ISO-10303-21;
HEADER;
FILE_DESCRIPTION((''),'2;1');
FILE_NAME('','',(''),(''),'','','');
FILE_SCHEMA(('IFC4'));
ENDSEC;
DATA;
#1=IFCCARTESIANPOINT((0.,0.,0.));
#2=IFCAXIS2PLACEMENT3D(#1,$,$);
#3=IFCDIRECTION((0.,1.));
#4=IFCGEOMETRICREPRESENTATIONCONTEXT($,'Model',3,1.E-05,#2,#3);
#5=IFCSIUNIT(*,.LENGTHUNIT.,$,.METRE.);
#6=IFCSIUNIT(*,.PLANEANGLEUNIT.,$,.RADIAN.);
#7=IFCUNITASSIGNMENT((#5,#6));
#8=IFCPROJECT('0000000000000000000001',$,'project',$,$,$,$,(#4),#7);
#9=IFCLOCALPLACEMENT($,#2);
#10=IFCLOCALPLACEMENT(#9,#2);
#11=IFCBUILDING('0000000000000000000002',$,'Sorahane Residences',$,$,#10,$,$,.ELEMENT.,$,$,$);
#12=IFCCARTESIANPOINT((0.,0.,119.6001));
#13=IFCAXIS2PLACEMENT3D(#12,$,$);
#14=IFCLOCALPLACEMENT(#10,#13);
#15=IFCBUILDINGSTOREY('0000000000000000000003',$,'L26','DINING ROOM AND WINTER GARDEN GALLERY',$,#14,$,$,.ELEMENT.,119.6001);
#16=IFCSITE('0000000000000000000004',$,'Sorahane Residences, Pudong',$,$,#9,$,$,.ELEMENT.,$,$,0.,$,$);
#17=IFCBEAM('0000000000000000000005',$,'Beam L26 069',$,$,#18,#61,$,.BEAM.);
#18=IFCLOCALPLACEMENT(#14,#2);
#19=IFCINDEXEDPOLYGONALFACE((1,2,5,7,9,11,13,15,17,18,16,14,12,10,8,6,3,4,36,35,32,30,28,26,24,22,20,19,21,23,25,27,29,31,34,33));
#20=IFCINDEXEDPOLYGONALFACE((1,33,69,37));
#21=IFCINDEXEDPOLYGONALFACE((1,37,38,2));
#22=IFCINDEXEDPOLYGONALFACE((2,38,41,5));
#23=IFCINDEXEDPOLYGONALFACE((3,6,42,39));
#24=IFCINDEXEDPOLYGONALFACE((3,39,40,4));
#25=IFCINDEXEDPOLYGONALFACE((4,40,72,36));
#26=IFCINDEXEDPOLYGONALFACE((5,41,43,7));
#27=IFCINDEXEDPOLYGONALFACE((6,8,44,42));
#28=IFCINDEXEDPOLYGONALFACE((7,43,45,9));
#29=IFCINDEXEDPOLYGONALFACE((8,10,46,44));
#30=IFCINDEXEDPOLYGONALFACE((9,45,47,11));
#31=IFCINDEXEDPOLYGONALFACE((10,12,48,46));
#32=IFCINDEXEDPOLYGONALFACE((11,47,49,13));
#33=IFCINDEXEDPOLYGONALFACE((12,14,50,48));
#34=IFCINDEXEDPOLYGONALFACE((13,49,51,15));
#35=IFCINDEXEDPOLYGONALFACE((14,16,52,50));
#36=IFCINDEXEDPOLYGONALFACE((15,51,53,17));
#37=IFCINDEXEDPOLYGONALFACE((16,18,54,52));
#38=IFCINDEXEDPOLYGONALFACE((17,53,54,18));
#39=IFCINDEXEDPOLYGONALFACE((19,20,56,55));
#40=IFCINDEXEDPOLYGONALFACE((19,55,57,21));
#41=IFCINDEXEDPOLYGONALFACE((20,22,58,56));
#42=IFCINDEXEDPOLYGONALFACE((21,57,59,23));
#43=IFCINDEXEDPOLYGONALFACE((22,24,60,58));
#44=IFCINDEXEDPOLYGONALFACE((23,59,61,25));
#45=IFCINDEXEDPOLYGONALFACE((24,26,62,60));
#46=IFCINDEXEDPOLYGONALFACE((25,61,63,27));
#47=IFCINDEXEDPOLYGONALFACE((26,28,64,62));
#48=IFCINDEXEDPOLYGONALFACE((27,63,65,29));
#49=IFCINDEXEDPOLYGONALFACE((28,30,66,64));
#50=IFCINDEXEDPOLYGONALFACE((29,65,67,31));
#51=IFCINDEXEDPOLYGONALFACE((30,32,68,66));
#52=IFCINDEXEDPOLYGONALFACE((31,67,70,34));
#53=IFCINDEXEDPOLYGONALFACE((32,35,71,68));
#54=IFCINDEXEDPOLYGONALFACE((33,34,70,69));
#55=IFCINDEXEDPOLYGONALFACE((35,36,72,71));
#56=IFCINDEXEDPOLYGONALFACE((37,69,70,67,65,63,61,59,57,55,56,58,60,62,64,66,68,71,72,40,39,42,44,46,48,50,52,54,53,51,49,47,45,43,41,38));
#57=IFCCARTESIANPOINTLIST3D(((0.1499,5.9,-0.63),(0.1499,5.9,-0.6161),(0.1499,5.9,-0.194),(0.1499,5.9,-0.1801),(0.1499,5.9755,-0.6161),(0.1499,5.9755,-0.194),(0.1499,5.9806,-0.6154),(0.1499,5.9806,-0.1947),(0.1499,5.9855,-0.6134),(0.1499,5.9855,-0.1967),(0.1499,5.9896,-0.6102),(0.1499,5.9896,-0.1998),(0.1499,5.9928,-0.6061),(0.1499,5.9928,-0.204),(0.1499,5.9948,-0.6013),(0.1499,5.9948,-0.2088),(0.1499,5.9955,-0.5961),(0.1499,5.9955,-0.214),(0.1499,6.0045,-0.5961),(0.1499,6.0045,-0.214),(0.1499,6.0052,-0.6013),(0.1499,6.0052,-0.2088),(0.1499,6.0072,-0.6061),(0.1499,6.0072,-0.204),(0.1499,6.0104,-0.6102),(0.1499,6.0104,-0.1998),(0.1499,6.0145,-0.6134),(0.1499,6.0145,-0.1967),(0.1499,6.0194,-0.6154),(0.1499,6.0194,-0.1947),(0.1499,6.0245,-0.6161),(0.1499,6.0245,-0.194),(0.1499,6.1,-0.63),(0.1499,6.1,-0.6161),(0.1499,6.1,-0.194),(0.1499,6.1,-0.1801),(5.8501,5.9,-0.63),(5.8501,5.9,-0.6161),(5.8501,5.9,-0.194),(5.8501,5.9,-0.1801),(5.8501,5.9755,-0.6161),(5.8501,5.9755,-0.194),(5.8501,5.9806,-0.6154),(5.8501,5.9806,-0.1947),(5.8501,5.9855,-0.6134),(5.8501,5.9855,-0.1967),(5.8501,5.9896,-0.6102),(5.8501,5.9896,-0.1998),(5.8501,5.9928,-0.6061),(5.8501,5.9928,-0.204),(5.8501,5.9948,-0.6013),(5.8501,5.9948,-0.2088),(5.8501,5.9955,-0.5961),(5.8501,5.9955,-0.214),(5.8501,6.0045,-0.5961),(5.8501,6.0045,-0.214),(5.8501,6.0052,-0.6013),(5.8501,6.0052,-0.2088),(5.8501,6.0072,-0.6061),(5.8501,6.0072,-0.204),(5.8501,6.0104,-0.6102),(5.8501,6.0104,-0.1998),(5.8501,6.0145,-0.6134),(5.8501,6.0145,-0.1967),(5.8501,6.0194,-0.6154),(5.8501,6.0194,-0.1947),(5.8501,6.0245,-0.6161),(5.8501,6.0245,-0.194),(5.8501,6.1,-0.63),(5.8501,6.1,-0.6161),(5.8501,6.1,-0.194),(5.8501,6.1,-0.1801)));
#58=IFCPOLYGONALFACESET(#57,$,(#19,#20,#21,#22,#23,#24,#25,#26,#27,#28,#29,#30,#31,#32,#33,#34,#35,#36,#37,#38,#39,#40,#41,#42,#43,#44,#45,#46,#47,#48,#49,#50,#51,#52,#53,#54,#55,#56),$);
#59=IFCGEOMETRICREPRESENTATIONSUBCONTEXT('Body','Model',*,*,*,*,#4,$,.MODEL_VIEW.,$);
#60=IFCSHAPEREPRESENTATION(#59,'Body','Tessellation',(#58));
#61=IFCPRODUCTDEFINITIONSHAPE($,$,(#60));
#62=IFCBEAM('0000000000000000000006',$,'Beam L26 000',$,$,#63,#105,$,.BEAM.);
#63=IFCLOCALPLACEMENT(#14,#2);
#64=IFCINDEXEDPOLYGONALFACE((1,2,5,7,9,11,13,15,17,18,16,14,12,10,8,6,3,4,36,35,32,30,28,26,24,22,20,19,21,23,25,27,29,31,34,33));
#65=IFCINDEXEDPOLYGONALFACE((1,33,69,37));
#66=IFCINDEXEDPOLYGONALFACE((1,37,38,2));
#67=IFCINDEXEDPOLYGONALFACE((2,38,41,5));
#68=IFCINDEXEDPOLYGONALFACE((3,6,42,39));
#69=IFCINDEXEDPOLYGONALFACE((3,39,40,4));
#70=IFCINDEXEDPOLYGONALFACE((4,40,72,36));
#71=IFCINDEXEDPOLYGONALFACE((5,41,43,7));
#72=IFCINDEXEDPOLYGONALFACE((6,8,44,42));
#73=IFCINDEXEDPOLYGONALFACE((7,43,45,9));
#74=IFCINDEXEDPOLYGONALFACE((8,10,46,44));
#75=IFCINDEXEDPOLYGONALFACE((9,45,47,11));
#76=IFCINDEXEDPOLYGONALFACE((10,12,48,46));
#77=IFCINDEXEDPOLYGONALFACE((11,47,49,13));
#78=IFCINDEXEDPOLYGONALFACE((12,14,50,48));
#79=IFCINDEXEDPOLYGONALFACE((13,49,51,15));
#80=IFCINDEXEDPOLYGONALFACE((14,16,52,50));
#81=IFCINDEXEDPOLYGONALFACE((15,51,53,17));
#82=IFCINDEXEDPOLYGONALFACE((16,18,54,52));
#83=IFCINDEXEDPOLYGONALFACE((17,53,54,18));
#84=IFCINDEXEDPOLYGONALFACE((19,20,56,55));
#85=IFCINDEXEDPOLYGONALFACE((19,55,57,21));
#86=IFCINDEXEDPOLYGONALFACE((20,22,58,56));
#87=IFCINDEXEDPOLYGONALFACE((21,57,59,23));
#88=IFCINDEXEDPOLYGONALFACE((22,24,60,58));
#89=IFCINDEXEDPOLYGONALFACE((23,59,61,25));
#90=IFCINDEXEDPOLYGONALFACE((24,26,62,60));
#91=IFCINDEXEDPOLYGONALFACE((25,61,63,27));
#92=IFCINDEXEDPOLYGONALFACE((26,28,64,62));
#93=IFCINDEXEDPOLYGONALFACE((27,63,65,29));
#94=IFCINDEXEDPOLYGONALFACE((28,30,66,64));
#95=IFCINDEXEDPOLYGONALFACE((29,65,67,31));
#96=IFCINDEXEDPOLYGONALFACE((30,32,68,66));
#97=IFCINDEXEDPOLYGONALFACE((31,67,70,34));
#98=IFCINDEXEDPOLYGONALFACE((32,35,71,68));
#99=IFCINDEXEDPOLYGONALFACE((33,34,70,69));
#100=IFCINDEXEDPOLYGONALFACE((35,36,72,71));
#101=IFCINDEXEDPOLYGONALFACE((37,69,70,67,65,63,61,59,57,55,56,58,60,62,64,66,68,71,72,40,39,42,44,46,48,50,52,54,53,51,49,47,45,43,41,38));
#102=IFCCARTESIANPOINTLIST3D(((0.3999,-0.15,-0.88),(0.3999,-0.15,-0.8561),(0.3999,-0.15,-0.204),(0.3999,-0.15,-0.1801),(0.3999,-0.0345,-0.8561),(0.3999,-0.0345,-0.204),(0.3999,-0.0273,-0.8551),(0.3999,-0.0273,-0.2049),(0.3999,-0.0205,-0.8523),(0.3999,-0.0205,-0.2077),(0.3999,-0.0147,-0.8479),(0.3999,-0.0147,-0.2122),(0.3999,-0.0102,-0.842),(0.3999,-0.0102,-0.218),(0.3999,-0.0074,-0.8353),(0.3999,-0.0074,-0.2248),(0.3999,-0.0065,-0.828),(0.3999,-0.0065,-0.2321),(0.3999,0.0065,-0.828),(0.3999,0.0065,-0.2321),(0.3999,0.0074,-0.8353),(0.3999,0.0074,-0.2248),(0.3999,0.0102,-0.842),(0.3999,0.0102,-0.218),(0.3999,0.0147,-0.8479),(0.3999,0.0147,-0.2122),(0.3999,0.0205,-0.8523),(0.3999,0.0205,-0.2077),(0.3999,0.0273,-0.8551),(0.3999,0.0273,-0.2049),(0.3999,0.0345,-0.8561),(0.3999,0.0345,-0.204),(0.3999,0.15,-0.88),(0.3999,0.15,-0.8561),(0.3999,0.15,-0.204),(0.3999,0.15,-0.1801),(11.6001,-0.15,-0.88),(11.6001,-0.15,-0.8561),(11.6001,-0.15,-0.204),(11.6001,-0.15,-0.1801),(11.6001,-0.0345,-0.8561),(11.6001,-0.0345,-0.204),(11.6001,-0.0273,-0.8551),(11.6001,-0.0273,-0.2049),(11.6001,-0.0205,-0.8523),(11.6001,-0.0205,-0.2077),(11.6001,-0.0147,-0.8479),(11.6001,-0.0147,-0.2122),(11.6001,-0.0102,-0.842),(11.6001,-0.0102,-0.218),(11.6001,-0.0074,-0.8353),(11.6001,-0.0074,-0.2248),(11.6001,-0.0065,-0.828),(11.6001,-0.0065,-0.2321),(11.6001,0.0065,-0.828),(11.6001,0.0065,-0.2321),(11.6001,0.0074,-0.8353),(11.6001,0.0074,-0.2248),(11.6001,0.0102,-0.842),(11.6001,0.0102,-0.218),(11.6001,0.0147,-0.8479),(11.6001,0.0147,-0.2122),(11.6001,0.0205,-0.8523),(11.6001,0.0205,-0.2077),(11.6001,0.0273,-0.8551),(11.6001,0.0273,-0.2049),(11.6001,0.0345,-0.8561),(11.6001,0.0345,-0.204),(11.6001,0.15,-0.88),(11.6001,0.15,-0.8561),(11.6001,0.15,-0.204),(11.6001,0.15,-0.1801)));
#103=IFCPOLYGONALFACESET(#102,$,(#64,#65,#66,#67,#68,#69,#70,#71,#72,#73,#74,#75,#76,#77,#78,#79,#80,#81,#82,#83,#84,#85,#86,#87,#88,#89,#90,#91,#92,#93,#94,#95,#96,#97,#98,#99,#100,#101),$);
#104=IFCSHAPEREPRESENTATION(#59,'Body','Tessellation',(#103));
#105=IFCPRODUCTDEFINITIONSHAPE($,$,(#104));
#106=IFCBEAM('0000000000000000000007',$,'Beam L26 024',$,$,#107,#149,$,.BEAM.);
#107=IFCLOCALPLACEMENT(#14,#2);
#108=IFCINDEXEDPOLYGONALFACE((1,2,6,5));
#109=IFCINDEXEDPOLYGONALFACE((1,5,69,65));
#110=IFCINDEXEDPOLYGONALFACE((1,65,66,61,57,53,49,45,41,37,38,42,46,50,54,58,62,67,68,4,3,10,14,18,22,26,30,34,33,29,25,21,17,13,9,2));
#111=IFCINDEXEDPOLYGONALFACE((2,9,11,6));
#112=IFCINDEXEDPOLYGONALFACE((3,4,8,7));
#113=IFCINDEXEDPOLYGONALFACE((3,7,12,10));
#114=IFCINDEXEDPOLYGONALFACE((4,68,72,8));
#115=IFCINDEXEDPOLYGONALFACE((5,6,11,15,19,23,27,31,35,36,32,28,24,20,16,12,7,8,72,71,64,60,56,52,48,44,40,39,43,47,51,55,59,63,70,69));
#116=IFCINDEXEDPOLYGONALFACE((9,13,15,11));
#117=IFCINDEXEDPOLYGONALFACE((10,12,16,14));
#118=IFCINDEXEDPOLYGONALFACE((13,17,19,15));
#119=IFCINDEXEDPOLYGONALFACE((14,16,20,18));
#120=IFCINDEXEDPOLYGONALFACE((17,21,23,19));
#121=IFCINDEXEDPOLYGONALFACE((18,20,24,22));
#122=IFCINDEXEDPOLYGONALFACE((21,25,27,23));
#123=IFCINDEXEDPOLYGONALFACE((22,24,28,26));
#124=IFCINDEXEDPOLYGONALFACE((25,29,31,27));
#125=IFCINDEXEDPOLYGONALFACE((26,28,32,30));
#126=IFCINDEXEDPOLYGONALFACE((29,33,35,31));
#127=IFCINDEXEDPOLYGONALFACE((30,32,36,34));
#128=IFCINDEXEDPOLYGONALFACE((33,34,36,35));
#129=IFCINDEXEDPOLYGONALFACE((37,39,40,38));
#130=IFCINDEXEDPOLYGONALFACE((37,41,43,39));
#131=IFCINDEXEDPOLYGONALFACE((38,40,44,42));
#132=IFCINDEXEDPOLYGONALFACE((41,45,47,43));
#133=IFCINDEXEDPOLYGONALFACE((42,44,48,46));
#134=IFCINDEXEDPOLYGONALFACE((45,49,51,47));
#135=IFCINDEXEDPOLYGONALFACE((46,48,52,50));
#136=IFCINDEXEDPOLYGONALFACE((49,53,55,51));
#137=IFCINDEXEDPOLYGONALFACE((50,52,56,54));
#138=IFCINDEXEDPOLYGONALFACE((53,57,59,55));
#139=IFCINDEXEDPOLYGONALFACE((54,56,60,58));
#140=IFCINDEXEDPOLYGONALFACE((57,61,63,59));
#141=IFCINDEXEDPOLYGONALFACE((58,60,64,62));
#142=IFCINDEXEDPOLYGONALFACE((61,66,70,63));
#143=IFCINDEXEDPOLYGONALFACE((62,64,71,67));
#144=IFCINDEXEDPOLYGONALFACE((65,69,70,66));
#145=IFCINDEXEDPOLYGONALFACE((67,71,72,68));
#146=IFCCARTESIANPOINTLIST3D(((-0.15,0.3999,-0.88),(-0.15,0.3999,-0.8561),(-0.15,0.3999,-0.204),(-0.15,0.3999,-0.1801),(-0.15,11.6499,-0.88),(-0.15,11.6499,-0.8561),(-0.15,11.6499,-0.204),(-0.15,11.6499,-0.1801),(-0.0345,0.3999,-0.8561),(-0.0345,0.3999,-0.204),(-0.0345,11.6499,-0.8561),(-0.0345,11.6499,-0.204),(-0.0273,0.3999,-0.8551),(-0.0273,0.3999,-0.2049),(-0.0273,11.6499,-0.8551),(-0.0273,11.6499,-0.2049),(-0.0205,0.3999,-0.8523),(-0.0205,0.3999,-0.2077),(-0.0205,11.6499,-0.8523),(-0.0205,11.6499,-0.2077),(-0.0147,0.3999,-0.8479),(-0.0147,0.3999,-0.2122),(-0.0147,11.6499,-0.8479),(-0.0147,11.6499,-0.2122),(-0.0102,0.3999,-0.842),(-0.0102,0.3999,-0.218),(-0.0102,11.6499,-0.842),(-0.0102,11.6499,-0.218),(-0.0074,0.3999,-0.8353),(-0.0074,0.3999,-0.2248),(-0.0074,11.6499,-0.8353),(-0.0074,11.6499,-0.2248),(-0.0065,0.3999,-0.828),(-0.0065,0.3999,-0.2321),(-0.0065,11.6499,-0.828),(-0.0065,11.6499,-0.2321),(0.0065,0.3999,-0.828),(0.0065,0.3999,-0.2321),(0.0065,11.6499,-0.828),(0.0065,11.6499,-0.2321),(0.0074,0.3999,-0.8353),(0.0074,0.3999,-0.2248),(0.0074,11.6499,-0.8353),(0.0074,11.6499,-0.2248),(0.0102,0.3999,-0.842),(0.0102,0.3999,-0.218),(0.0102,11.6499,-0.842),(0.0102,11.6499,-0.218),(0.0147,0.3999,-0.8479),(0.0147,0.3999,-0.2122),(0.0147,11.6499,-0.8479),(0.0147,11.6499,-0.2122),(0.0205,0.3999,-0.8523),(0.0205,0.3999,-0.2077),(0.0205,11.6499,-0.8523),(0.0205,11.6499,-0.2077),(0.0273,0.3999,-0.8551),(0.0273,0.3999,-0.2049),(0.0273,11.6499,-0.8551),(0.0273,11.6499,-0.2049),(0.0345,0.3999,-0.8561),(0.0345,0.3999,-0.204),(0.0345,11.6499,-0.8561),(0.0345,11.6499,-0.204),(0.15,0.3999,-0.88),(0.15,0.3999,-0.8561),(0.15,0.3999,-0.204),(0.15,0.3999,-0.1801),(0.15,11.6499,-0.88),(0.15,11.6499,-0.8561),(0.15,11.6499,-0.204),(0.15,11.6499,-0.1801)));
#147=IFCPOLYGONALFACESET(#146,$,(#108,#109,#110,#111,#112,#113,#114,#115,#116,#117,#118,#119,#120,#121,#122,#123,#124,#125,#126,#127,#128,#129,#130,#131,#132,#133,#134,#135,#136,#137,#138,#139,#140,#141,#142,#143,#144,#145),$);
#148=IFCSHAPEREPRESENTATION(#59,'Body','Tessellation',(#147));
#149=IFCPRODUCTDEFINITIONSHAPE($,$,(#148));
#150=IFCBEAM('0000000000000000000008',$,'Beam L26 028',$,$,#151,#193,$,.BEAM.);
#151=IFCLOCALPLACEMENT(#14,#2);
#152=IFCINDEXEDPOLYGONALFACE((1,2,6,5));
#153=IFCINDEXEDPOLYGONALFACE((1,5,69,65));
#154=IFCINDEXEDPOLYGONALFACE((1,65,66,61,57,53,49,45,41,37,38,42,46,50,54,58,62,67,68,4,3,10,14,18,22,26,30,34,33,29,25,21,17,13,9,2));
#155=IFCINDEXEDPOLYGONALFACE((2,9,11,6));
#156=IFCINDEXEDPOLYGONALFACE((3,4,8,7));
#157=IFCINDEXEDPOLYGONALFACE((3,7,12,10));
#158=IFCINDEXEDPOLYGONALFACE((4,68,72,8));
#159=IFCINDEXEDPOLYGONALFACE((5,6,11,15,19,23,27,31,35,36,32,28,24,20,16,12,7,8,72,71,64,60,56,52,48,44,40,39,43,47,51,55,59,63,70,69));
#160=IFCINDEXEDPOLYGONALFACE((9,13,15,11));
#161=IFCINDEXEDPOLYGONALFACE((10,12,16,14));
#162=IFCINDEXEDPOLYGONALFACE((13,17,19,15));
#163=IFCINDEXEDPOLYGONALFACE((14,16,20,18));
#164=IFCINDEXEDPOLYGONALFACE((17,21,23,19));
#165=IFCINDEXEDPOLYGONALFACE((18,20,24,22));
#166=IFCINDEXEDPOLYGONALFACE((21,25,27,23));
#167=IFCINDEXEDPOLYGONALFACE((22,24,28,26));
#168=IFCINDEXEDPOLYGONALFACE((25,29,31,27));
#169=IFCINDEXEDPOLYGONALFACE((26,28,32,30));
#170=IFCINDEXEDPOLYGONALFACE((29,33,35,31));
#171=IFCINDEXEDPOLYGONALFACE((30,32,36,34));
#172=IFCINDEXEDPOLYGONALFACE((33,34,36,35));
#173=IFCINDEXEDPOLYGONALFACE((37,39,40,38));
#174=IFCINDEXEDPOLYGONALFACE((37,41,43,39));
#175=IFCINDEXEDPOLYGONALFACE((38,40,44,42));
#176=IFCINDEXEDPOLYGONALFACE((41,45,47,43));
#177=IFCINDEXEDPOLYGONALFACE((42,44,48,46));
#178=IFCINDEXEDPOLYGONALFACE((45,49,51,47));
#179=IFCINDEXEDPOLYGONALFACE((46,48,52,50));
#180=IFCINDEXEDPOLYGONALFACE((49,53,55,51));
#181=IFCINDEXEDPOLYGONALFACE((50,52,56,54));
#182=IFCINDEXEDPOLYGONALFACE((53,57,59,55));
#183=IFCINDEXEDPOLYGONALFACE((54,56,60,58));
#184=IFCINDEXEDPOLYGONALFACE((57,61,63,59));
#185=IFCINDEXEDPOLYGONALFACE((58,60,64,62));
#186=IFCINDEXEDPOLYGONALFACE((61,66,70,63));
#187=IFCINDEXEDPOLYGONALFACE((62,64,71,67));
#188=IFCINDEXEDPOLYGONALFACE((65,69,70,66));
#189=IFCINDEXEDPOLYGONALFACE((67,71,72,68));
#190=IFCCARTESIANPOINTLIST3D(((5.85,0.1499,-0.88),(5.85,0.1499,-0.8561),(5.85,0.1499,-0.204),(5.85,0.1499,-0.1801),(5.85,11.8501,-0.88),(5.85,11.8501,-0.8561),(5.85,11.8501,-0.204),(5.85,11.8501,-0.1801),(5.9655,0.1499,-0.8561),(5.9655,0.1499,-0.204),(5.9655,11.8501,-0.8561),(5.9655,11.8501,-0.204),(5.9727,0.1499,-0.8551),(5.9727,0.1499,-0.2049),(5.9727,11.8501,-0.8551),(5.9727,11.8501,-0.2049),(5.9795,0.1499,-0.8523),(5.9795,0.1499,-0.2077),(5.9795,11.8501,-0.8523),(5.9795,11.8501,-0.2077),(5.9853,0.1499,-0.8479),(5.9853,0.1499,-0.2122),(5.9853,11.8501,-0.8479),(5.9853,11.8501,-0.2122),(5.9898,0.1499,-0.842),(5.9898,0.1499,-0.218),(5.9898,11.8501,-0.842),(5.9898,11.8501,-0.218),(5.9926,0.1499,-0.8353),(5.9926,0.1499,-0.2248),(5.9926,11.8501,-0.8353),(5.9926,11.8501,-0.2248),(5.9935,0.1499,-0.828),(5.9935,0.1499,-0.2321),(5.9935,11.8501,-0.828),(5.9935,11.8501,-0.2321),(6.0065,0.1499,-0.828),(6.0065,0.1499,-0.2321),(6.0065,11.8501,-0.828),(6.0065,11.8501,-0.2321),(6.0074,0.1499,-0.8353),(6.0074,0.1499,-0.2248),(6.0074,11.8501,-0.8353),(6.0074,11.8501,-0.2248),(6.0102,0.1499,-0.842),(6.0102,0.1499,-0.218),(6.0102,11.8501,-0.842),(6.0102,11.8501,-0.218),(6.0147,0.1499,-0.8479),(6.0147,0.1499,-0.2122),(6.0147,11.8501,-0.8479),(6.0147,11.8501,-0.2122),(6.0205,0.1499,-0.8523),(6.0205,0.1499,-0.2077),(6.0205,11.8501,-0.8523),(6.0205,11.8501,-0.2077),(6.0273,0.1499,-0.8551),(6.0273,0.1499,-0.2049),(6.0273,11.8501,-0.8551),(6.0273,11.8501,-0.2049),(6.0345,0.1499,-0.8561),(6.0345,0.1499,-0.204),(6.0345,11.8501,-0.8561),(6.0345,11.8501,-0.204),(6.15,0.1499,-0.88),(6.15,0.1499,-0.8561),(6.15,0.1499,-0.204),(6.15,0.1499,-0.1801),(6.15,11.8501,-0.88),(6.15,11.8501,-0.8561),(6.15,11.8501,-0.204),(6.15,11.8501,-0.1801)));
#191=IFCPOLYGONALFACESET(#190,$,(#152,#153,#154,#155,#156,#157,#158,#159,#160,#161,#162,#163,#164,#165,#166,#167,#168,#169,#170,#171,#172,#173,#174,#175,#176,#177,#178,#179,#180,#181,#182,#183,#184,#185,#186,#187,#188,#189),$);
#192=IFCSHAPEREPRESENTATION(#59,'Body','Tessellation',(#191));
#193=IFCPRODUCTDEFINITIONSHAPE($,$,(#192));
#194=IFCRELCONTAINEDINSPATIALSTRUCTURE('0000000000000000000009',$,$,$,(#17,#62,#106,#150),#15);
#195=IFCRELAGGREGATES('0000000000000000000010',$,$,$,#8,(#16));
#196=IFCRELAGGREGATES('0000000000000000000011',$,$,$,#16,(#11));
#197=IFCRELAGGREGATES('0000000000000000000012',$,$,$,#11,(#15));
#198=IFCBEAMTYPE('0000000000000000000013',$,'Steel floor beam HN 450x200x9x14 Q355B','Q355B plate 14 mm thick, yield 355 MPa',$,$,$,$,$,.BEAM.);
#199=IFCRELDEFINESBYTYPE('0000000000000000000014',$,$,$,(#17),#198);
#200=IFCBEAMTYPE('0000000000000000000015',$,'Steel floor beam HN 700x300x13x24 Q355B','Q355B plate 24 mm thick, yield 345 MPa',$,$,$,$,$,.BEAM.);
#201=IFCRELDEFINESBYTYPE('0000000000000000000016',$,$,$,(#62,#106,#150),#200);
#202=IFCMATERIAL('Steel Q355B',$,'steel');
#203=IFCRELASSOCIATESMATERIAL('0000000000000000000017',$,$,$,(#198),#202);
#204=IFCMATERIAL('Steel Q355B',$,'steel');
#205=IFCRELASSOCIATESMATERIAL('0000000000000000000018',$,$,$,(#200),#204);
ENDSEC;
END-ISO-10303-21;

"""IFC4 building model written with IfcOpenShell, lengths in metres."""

from ifc_helpers import new_model, si_unit, direction, frame, origin, origin_2d, place, context, subcontext, project, spatial, i_section, extrude, material, material_profile, profile_set, type_object, element, save


model = new_model("IFC4")

# Units and contexts
model_context = context("Model", 3, precision=1e-05, world=origin(), true_north=direction((0.0, 1.0)))
body_context = subcontext(model_context, "Body", "Model", "MODEL_VIEW")
ifc_project = project(units=[si_unit("LENGTHUNIT", "METRE"), si_unit("PLANEANGLEUNIT", "RADIAN")], contexts=[model_context])

# Site, building, storey
site_placement = place(None, origin())
site = spatial("IfcSite", under=ifc_project, at=site_placement, Name="Sorahane Residences, Pudong", CompositionType="ELEMENT", RefElevation=0.0)
building_placement = place(site_placement, origin())
building = spatial("IfcBuilding", under=site, at=building_placement, Name="Sorahane Residences", CompositionType="ELEMENT")
storey_placement = place(building_placement, frame((0.0, 0.0, 119.6001)))
storey = spatial("IfcBuildingStorey", under=building, at=storey_placement, Name="L26", Description="DINING ROOM AND WINTER GARDEN GALLERY", CompositionType="ELEMENT", Elevation=119.6001)

# Beams
ifc_material_1 = material(Name="Steel Q355B", Category="steel")
ifc_material_profile_1 = material_profile(ifc_material_1, i_section(OverallWidth=0.2, OverallDepth=0.45, WebThickness=0.009, FlangeThickness=0.0139, FilletRadius=0.02, at=origin_2d()), Name="HN 450x200x9x14")
ifc_profile_set_1 = profile_set([ifc_material_profile_1], Name="Steel Q355B")
beam_type_1 = type_object("IfcBeamType", Name="Steel floor beam HN 450x200x9x14 Q355B", Description="Q355B plate 14 mm thick, yield 355 MPa", PredefinedType="BEAM", material=ifc_profile_set_1)
beam_1_placement = place(storey_placement, frame((0.1499, 6.0, -0.405), z_axis=(1.0, 0.0, 0.0), x_axis=(0.0, 1.0, 0.0)))
element("IfcBeam", 1, at=beam_1_placement, inside=storey, type_object=beam_type_1, Name="Beam L26 069", PredefinedType="BEAM", context=body_context, shape_type="SweptSolid", body=[
    extrude(i_section(OverallWidth=0.2, OverallDepth=0.45, WebThickness=0.009, FlangeThickness=0.0139, FilletRadius=0.02, at=origin_2d()), origin(), (0.0, 0.0, 1.0), 5.7002),
])
ifc_material_2 = material(Name="Steel Q355B", Category="steel")
ifc_material_profile_2 = material_profile(ifc_material_2, i_section(OverallWidth=0.3, OverallDepth=0.7, WebThickness=0.0129, FlangeThickness=0.0239, FilletRadius=0.0281, at=origin_2d()), Name="HN 700x300x13x24")
ifc_profile_set_2 = profile_set([ifc_material_profile_2], Name="Steel Q355B")
beam_type_2 = type_object("IfcBeamType", Name="Steel floor beam HN 700x300x13x24 Q355B", Description="Q355B plate 24 mm thick, yield 345 MPa", PredefinedType="BEAM", material=ifc_profile_set_2)
beam_2_placement = place(storey_placement, frame((0.3999, 0.0, -0.53), z_axis=(1.0, 0.0, 0.0), x_axis=(0.0, 1.0, 0.0)))
element("IfcBeam", 2, at=beam_2_placement, inside=storey, type_object=beam_type_2, Name="Beam L26 000", PredefinedType="BEAM", context=body_context, shape_type="SweptSolid", body=[
    extrude(i_section(OverallWidth=0.3, OverallDepth=0.7, WebThickness=0.0129, FlangeThickness=0.0239, FilletRadius=0.0281, at=origin_2d()), origin(), (0.0, 0.0, 1.0), 11.2002),
])
beam_3_placement = place(storey_placement, frame((0.0, 0.3999, -0.53), z_axis=(0.0, 1.0, 0.0), x_axis=(-1.0, 0.0, 0.0)))
element("IfcBeam", 3, at=beam_3_placement, inside=storey, type_object=beam_type_2, Name="Beam L26 024", PredefinedType="BEAM", context=body_context, shape_type="SweptSolid", body=[
    extrude(i_section(OverallWidth=0.3, OverallDepth=0.7, WebThickness=0.0129, FlangeThickness=0.0239, FilletRadius=0.0281, at=origin_2d()), origin(), (0.0, 0.0, 1.0), 11.25),
])
beam_4_placement = place(storey_placement, frame((6.0, 0.1499, -0.53), z_axis=(0.0, 1.0, 0.0), x_axis=(-1.0, 0.0, 0.0)))
element("IfcBeam", 4, at=beam_4_placement, inside=storey, type_object=beam_type_2, Name="Beam L26 028", PredefinedType="BEAM", context=body_context, shape_type="SweptSolid", body=[
    extrude(i_section(OverallWidth=0.3, OverallDepth=0.7, WebThickness=0.0129, FlangeThickness=0.0239, FilletRadius=0.0281, at=origin_2d()), origin(), (0.0, 0.0, 1.0), 11.7002),
])

save(model, "model.ifc")
